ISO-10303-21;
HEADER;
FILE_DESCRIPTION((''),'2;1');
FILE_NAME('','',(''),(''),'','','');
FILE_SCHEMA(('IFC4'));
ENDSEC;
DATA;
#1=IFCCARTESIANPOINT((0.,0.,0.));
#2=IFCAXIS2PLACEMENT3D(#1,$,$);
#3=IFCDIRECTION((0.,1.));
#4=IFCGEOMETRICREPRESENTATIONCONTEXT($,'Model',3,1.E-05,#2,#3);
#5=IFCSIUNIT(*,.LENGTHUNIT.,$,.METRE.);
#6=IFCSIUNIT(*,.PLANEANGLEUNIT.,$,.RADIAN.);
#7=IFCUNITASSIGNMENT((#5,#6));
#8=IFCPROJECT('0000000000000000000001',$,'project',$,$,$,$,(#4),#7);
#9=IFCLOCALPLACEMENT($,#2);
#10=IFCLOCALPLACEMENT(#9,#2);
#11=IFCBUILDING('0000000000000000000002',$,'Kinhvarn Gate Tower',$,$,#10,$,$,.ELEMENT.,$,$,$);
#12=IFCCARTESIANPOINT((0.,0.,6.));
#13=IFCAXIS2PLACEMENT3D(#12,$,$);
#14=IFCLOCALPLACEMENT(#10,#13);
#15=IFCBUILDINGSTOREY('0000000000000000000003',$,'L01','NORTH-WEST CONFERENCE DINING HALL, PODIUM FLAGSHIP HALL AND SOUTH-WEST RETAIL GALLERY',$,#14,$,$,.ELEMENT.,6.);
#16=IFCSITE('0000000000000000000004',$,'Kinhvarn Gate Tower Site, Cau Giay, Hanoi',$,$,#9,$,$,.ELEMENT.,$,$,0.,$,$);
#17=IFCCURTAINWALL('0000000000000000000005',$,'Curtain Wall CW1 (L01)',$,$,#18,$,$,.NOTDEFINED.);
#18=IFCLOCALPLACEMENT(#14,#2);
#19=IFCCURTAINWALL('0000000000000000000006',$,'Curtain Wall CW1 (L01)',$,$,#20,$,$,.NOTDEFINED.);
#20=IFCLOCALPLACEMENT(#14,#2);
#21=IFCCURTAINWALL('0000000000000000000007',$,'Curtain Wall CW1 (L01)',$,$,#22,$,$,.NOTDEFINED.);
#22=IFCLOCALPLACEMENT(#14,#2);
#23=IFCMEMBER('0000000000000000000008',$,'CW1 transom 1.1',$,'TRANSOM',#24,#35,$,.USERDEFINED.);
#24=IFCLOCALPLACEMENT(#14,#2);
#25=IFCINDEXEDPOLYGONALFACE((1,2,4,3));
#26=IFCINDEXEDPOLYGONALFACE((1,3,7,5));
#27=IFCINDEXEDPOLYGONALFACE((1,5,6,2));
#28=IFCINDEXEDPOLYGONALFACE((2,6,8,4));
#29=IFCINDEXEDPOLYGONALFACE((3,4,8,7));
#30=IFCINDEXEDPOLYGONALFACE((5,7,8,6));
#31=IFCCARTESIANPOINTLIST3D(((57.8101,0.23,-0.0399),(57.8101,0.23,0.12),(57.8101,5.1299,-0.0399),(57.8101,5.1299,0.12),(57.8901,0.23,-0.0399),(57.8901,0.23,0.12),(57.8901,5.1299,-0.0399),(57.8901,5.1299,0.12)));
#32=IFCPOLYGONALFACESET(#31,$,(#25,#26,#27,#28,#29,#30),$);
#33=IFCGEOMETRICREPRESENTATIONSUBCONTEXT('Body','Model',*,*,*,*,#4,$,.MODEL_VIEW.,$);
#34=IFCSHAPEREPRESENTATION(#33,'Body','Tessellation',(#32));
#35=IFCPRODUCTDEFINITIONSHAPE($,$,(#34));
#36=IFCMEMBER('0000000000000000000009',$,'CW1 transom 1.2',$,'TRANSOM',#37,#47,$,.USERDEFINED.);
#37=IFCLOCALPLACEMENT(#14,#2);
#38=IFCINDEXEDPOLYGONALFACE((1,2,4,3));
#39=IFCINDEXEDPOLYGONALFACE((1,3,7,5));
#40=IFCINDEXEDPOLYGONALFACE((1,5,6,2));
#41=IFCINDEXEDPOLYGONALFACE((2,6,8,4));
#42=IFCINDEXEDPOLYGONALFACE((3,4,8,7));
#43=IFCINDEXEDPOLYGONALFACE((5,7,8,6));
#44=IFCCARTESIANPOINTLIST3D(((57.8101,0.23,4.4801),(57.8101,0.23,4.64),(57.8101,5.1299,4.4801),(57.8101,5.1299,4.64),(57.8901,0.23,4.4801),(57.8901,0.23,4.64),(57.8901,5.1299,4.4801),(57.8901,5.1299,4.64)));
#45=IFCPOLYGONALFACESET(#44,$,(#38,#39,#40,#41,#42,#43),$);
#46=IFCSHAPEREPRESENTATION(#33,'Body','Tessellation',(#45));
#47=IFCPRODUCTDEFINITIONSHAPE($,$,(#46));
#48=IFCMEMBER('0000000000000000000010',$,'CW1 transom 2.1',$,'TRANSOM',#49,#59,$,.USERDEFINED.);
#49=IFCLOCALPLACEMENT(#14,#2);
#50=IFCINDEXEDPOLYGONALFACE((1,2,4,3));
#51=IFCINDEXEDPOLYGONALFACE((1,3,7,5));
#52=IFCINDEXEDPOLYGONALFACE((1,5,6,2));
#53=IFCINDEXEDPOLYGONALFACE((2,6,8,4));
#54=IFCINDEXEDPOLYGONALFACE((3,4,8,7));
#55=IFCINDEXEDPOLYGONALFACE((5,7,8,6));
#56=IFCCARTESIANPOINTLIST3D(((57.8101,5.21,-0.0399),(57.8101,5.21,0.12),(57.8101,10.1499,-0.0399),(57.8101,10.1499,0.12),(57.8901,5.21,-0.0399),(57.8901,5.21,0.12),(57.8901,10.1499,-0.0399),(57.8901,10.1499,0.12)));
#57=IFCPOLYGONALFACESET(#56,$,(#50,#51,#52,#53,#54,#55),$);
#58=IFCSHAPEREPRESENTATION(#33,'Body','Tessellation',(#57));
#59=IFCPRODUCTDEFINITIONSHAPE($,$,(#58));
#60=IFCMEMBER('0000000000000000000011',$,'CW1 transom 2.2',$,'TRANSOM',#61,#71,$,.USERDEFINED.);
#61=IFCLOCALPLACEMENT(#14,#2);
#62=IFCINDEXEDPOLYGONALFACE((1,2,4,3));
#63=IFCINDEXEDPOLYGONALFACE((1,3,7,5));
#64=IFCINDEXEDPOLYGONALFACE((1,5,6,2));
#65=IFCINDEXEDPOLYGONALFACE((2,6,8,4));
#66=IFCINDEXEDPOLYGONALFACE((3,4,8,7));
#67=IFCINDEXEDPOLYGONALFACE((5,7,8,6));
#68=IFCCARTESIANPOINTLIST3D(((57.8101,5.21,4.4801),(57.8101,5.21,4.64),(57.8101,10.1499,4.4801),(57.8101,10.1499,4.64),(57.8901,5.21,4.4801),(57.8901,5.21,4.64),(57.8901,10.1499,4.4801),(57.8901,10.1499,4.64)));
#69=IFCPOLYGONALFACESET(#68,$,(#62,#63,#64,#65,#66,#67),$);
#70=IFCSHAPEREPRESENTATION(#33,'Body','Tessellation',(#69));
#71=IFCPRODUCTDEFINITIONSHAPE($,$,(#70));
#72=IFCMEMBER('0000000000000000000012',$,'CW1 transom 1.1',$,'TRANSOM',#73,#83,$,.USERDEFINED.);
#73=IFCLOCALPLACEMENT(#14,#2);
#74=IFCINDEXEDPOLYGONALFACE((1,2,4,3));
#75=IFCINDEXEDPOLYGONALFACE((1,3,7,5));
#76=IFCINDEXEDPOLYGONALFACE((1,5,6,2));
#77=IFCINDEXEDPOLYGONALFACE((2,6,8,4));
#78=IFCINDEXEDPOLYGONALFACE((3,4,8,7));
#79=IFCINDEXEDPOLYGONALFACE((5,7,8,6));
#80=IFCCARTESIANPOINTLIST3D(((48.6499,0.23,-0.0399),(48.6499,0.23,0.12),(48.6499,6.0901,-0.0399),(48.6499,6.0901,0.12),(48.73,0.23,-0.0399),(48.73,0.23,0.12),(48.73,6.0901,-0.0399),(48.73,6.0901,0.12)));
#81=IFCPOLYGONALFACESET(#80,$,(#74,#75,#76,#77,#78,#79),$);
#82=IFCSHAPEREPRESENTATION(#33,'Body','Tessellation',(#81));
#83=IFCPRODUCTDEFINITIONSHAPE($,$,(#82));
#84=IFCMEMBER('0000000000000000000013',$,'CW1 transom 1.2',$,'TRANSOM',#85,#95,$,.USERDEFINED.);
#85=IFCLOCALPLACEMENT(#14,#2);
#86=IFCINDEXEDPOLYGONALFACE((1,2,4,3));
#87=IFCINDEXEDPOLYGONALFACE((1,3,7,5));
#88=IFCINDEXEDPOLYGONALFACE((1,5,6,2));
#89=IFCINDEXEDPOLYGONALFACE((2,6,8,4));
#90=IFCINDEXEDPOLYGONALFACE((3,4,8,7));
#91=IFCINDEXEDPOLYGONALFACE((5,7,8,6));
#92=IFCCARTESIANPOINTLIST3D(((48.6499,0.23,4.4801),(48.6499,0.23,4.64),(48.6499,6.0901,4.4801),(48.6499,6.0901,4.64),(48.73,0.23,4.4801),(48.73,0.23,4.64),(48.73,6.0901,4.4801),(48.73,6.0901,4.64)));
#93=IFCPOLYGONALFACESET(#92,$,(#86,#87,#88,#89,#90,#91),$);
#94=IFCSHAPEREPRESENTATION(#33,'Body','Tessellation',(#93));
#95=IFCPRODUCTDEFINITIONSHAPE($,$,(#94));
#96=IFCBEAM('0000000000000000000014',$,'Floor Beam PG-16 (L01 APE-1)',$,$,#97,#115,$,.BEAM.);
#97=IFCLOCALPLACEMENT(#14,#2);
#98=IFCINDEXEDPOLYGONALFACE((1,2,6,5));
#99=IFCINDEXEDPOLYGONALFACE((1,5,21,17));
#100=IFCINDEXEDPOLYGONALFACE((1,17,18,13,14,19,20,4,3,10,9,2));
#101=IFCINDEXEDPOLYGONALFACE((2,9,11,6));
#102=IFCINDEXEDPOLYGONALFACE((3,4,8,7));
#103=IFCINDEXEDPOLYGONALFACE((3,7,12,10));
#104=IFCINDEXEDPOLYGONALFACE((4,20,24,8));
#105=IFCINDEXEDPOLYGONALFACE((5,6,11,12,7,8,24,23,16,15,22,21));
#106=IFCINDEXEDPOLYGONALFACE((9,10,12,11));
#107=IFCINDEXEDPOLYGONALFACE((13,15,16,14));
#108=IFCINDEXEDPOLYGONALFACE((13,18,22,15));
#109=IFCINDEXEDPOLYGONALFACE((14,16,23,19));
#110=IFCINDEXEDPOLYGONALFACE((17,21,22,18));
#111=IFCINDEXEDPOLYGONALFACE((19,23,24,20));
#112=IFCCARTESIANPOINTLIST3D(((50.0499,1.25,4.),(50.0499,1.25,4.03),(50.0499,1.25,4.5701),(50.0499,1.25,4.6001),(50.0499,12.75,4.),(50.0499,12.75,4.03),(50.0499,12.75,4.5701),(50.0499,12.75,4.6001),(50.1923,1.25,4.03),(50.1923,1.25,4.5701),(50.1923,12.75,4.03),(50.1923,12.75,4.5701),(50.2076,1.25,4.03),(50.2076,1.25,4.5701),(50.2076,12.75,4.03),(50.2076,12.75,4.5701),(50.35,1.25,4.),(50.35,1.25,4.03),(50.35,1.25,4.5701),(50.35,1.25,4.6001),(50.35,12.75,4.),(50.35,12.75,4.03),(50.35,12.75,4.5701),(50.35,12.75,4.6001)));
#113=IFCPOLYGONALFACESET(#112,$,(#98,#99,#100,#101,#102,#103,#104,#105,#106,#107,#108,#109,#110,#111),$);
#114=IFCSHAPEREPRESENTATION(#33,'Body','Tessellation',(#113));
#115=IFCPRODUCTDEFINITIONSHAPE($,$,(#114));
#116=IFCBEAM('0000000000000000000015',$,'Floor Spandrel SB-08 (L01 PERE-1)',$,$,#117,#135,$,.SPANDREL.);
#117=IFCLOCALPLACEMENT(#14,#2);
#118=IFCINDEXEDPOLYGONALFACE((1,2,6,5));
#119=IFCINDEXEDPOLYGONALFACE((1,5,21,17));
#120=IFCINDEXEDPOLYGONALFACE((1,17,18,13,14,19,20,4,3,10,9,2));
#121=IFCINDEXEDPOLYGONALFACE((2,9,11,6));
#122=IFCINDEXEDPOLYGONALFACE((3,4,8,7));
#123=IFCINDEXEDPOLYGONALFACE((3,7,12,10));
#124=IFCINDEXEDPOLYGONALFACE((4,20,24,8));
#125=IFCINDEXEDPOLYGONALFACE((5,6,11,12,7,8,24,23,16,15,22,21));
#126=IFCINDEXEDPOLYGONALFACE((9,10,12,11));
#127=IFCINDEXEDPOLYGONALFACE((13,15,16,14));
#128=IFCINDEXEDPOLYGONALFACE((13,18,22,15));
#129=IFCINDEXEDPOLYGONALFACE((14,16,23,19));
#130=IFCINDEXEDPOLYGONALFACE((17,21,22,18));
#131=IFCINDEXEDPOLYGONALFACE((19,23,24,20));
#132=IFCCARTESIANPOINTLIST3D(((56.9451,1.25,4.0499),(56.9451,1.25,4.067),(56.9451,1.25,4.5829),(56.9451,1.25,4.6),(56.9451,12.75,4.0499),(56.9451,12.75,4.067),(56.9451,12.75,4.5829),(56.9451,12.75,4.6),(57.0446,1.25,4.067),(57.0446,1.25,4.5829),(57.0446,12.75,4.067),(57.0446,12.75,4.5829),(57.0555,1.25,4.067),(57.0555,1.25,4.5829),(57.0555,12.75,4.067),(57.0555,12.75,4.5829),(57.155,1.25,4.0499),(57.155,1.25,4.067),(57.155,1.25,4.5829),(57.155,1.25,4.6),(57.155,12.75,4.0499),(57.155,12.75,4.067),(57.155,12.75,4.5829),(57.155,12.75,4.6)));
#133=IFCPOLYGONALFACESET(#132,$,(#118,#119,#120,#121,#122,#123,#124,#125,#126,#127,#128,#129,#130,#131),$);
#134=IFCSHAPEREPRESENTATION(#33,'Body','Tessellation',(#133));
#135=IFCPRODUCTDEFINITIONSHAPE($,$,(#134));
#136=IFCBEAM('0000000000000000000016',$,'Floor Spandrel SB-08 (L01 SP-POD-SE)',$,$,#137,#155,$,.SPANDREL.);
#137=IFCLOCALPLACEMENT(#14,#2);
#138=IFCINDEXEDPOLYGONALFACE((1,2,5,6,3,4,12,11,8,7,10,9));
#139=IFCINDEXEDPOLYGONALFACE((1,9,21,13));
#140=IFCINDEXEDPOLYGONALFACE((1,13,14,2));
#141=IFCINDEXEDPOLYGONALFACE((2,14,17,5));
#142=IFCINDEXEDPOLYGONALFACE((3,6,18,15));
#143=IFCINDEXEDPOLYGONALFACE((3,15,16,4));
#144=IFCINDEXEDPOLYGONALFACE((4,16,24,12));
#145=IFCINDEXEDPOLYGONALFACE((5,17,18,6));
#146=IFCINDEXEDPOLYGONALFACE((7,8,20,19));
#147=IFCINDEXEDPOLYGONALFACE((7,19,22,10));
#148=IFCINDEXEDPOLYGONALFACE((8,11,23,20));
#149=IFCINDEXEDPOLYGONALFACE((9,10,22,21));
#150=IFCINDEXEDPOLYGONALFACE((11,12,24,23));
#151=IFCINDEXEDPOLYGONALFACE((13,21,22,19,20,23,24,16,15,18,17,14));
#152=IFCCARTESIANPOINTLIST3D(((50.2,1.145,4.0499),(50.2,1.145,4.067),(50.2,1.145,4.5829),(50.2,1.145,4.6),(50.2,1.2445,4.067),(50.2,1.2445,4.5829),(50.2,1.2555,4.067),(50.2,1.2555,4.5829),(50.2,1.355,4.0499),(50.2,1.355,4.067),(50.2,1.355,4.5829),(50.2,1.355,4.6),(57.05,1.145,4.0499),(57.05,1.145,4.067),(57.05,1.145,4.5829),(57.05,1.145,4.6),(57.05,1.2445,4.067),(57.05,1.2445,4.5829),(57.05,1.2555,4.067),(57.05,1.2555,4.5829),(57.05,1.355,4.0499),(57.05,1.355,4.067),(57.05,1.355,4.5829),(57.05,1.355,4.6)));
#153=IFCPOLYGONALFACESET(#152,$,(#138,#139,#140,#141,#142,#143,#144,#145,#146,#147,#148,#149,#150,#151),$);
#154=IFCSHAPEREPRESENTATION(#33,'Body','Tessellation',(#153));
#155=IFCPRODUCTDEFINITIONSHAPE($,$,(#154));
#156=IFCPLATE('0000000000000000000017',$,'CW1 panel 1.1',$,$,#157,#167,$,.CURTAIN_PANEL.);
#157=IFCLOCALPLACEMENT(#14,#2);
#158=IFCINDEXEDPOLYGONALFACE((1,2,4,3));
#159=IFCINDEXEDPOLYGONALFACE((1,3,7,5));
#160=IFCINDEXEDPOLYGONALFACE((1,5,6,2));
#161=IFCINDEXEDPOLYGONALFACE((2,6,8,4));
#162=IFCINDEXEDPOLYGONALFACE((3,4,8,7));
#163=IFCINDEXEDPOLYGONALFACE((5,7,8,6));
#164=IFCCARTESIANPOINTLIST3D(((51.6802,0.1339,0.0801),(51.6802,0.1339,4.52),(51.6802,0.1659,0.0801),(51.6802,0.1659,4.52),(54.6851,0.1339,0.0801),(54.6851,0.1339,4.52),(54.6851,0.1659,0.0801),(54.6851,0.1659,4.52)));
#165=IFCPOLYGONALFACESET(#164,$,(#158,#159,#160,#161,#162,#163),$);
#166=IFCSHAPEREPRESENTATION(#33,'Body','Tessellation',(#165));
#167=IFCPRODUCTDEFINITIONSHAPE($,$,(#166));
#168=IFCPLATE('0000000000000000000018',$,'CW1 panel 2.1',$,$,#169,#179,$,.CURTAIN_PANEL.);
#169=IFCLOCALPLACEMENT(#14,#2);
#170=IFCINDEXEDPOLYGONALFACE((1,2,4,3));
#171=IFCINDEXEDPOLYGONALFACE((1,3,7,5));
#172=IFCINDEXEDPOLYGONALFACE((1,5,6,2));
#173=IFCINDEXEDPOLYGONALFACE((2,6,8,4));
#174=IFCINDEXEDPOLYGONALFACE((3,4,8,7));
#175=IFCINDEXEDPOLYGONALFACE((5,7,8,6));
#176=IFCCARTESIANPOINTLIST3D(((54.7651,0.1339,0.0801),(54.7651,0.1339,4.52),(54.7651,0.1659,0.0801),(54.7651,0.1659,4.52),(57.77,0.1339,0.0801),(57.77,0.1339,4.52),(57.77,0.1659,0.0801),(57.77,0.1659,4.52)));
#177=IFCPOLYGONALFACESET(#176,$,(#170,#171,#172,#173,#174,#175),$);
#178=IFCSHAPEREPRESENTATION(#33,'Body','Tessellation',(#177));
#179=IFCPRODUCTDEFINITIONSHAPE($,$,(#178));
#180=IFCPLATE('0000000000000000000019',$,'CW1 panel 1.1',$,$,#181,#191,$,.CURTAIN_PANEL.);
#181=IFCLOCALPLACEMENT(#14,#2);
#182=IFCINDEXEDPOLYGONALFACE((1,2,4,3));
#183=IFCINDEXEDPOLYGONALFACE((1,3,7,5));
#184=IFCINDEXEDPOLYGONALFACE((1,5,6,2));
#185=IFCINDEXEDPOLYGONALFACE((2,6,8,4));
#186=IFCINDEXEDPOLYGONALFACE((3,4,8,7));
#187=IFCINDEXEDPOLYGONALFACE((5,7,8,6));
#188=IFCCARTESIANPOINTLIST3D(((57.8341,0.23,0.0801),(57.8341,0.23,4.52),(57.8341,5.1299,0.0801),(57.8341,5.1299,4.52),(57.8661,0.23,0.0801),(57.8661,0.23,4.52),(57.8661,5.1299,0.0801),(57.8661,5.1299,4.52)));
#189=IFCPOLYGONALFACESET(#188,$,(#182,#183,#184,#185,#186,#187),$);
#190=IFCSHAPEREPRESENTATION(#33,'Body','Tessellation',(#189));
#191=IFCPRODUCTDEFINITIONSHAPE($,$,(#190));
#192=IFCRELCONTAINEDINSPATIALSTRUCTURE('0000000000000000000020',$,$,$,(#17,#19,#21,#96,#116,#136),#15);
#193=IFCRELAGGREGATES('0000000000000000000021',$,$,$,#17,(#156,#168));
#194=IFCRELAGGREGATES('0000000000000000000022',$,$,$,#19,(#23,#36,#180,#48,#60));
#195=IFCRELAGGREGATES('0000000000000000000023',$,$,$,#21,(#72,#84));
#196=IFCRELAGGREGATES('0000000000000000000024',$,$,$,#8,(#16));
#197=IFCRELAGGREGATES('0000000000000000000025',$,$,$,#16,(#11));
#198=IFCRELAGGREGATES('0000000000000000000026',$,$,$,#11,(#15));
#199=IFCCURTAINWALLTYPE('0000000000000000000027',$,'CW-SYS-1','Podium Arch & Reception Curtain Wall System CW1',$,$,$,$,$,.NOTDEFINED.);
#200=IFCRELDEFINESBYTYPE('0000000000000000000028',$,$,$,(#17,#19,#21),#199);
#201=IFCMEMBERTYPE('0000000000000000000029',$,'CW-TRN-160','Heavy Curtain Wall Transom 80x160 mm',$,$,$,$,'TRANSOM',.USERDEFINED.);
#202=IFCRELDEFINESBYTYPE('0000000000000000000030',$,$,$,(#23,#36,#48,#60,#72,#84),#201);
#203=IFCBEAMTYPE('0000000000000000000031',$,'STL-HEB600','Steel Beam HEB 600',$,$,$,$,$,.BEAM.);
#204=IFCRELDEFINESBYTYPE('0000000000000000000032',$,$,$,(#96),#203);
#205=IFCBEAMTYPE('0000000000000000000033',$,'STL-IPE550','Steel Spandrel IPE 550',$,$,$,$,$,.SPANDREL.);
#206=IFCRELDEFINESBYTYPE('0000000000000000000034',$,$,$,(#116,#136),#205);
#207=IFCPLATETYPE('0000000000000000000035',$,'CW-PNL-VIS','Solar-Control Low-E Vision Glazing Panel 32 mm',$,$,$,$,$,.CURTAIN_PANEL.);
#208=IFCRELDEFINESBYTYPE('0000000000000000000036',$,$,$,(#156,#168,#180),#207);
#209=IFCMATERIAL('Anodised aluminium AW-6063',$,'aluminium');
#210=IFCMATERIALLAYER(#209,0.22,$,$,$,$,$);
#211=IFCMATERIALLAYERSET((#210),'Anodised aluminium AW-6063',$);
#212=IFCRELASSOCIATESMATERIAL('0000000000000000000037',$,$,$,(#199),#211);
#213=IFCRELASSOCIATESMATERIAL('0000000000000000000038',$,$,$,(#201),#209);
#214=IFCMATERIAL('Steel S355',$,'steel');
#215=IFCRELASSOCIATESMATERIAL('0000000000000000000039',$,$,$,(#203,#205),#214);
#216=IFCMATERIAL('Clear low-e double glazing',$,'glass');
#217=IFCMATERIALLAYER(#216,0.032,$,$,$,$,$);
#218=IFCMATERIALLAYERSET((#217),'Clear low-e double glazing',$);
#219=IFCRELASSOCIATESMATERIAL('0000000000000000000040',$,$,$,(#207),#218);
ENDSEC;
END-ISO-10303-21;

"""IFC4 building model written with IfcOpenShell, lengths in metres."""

from ifc_helpers import new_model, si_unit, direction, frame, origin, origin_2d, place, context, subcontext, project, spatial, rectangle, i_section, extrude, material, layer, layer_set, material_profile, profile_set, type_object, element, aggregate, save


model = new_model("IFC4")

# Units and contexts
model_context = context("Model", 3, precision=1e-05, world=origin(), true_north=direction((0.0, 1.0)))
body_context = subcontext(model_context, "Body", "Model", "MODEL_VIEW")
ifc_project = project(units=[si_unit("LENGTHUNIT", "METRE"), si_unit("PLANEANGLEUNIT", "RADIAN")], contexts=[model_context])

# Site, building, storey
site_placement = place(None, origin())
site = spatial("IfcSite", under=ifc_project, at=site_placement, Name="Kinhvarn Gate Tower Site, Cau Giay, Hanoi", CompositionType="ELEMENT", RefElevation=0.0)
building_placement = place(site_placement, origin())
building = spatial("IfcBuilding", under=site, at=building_placement, Name="Kinhvarn Gate Tower", CompositionType="ELEMENT")
storey_placement = place(building_placement, frame((0.0, 0.0, 6.0)))
storey = spatial("IfcBuildingStorey", under=building, at=storey_placement, Name="L01", Description="NORTH-WEST CONFERENCE DINING HALL, PODIUM FLAGSHIP HALL AND SOUTH-WEST RETAIL GALLERY", CompositionType="ELEMENT", Elevation=6.0)

# Curtain walls
ifc_material_1 = material(Name="Anodised aluminium AW-6063", Category="aluminium")
ifc_layer_1 = layer(ifc_material_1, 0.22)
ifc_layer_set_1 = layer_set([ifc_layer_1], Name="Anodised aluminium AW-6063")
curtain_wall_type = type_object("IfcCurtainWallType", Name="CW-SYS-1", Description="Podium Arch & Reception Curtain Wall System CW1", PredefinedType="NOTDEFINED", material=ifc_layer_set_1)
curtain_wall_1_placement = place(storey_placement, origin())
curtain_wall_1 = element("IfcCurtainWall", 1, at=curtain_wall_1_placement, inside=storey, type_object=curtain_wall_type, Name="Curtain Wall CW1 (L01)", PredefinedType="NOTDEFINED")
curtain_wall_2_placement = place(storey_placement, origin())
curtain_wall_2 = element("IfcCurtainWall", 2, at=curtain_wall_2_placement, inside=storey, type_object=curtain_wall_type, Name="Curtain Wall CW1 (L01)", PredefinedType="NOTDEFINED")

# Curtain wall
curtain_wall_3_placement = place(storey_placement, origin())
curtain_wall_3 = element("IfcCurtainWall", 3, at=curtain_wall_3_placement, inside=storey, type_object=curtain_wall_type, Name="Curtain Wall CW1 (L01)", PredefinedType="NOTDEFINED")

# Members
ifc_material_profile_1 = material_profile(ifc_material_1, rectangle(XDim=0.0801, YDim=0.1599, at=origin_2d()), Name="ALU 80x160")
ifc_profile_set_1 = profile_set([ifc_material_profile_1], Name="Anodised aluminium AW-6063")
member_type_1 = type_object("IfcMemberType", Name="CW-TRN-160", Description="Heavy Curtain Wall Transom 80x160 mm", ElementType="TRANSOM", PredefinedType="USERDEFINED", material=ifc_profile_set_1)
member_1_placement = place(storey_placement, frame((57.8501, 0.23, 0.04), z_axis=(0.0, 1.0, 0.0), x_axis=(-1.0, 0.0, 0.0)))
member_1 = element("IfcMember", 4, at=member_1_placement, type_object=member_type_1, Name="CW1 transom 1.1", ObjectType="TRANSOM", PredefinedType="USERDEFINED", context=body_context, shape_type="SweptSolid", body=[
    extrude(rectangle(XDim=0.0801, YDim=0.1599, at=origin_2d()), origin(), (0.0, 0.0, 1.0), 4.8999),
])
member_2_placement = place(storey_placement, frame((57.8501, 0.23, 4.5601), z_axis=(0.0, 1.0, 0.0), x_axis=(-1.0, 0.0, 0.0)))
member_2 = element("IfcMember", 5, at=member_2_placement, type_object=member_type_1, Name="CW1 transom 1.2", ObjectType="TRANSOM", PredefinedType="USERDEFINED", context=body_context, shape_type="SweptSolid", body=[
    extrude(rectangle(XDim=0.0801, YDim=0.1599, at=origin_2d()), origin(), (0.0, 0.0, 1.0), 4.8999),
])
member_3_placement = place(storey_placement, frame((57.8501, 5.21, 0.04), z_axis=(0.0, 1.0, 0.0), x_axis=(-1.0, 0.0, 0.0)))
member_3 = element("IfcMember", 6, at=member_3_placement, type_object=member_type_1, Name="CW1 transom 2.1", ObjectType="TRANSOM", PredefinedType="USERDEFINED", context=body_context, shape_type="SweptSolid", body=[
    extrude(rectangle(XDim=0.0801, YDim=0.1599, at=origin_2d()), origin(), (0.0, 0.0, 1.0), 4.9399),
])
member_4_placement = place(storey_placement, frame((57.8501, 5.21, 4.5601), z_axis=(0.0, 1.0, 0.0), x_axis=(-1.0, 0.0, 0.0)))
member_4 = element("IfcMember", 7, at=member_4_placement, type_object=member_type_1, Name="CW1 transom 2.2", ObjectType="TRANSOM", PredefinedType="USERDEFINED", context=body_context, shape_type="SweptSolid", body=[
    extrude(rectangle(XDim=0.0801, YDim=0.1599, at=origin_2d()), origin(), (0.0, 0.0, 1.0), 4.9399),
])
member_5_placement = place(storey_placement, frame((48.6899, 6.0901, 0.04), z_axis=(0.0, -1.0, 0.0), x_axis=(1.0, 0.0, 0.0)))
member_5 = element("IfcMember", 8, at=member_5_placement, type_object=member_type_1, Name="CW1 transom 1.1", ObjectType="TRANSOM", PredefinedType="USERDEFINED", context=body_context, shape_type="SweptSolid", body=[
    extrude(rectangle(XDim=0.0801, YDim=0.1599, at=origin_2d()), origin(), (0.0, 0.0, 1.0), 5.8601),
])
member_6_placement = place(storey_placement, frame((48.6899, 6.0901, 4.5601), z_axis=(0.0, -1.0, 0.0), x_axis=(1.0, 0.0, 0.0)))
member_6 = element("IfcMember", 9, at=member_6_placement, type_object=member_type_1, Name="CW1 transom 1.2", ObjectType="TRANSOM", PredefinedType="USERDEFINED", context=body_context, shape_type="SweptSolid", body=[
    extrude(rectangle(XDim=0.0801, YDim=0.1599, at=origin_2d()), origin(), (0.0, 0.0, 1.0), 5.8601),
])

# Beams
ifc_material_2 = material(Name="Steel S355", Category="steel")
ifc_material_profile_2 = material_profile(ifc_material_2, i_section(OverallWidth=0.3, OverallDepth=0.6001, WebThickness=0.0154, FlangeThickness=0.03, at=origin_2d()), Name="HEB 600")
ifc_profile_set_2 = profile_set([ifc_material_profile_2], Name="Steel S355")
beam_type_1 = type_object("IfcBeamType", Name="STL-HEB600", Description="Steel Beam HEB 600", PredefinedType="BEAM", material=ifc_profile_set_2)
beam_1_placement = place(storey_placement, frame((50.2, 1.25, 4.3), z_axis=(0.0, 1.0, 0.0), x_axis=(-1.0, 0.0, 0.0)))
element("IfcBeam", 10, at=beam_1_placement, inside=storey, type_object=beam_type_1, Name="Floor Beam PG-16 (L01 APE-1)", PredefinedType="BEAM", context=body_context, shape_type="SweptSolid", body=[
    extrude(i_section(OverallWidth=0.3, OverallDepth=0.6001, WebThickness=0.0154, FlangeThickness=0.03, at=origin_2d()), origin(), (0.0, 0.0, 1.0), 11.5),
])
ifc_material_profile_3 = material_profile(ifc_material_2, i_section(OverallWidth=0.21, OverallDepth=0.55, WebThickness=0.011, FlangeThickness=0.0171, at=origin_2d()), Name="IPE 550")
ifc_profile_set_3 = profile_set([ifc_material_profile_3], Name="Steel S355")
beam_type_2 = type_object("IfcBeamType", Name="STL-IPE550", Description="Steel Spandrel IPE 550", PredefinedType="SPANDREL", material=ifc_profile_set_3)
beam_2_placement = place(storey_placement, frame((57.05, 1.25, 4.325), z_axis=(0.0, 1.0, 0.0), x_axis=(-1.0, 0.0, 0.0)))
element("IfcBeam", 11, at=beam_2_placement, inside=storey, type_object=beam_type_2, Name="Floor Spandrel SB-08 (L01 PERE-1)", PredefinedType="SPANDREL", context=body_context, shape_type="SweptSolid", body=[
    extrude(i_section(OverallWidth=0.21, OverallDepth=0.55, WebThickness=0.011, FlangeThickness=0.0171, at=origin_2d()), origin(), (0.0, 0.0, 1.0), 11.5),
])
beam_3_placement = place(storey_placement, frame((50.2, 1.25, 4.325), z_axis=(1.0, 0.0, 0.0), x_axis=(0.0, 1.0, 0.0)))
element("IfcBeam", 12, at=beam_3_placement, inside=storey, type_object=beam_type_2, Name="Floor Spandrel SB-08 (L01 SP-POD-SE)", PredefinedType="SPANDREL", context=body_context, shape_type="SweptSolid", body=[
    extrude(i_section(OverallWidth=0.21, OverallDepth=0.55, WebThickness=0.011, FlangeThickness=0.0171, at=origin_2d()), origin(), (0.0, 0.0, 1.0), 6.8501),
])

# Plates
ifc_material_3 = material(Name="Clear low-e double glazing", Category="glass")
ifc_layer_2 = layer(ifc_material_3, 0.032)
ifc_layer_set_2 = layer_set([ifc_layer_2], Name="Clear low-e double glazing")
plate_type = type_object("IfcPlateType", Name="CW-PNL-VIS", Description="Solar-Control Low-E Vision Glazing Panel 32 mm", PredefinedType="CURTAIN_PANEL", material=ifc_layer_set_2)
plate_1_placement = place(storey_placement, frame((53.1826, 0.1499, 0.0801), z_axis=(0.0, 0.0, 1.0), x_axis=(1.0, 0.0, 0.0)))
plate_1 = element("IfcPlate", 13, at=plate_1_placement, type_object=plate_type, Name="CW1 panel 1.1", PredefinedType="CURTAIN_PANEL", context=body_context, shape_type="SweptSolid", body=[
    extrude(rectangle(XDim=3.0049, YDim=0.032, at=origin_2d()), origin(), (0.0, 0.0, 1.0), 4.4399),
])
plate_2_placement = place(storey_placement, frame((56.2676, 0.1499, 0.0801), z_axis=(0.0, 0.0, 1.0), x_axis=(1.0, 0.0, 0.0)))
plate_2 = element("IfcPlate", 14, at=plate_2_placement, type_object=plate_type, Name="CW1 panel 2.1", PredefinedType="CURTAIN_PANEL", context=body_context, shape_type="SweptSolid", body=[
    extrude(rectangle(XDim=3.0049, YDim=0.032, at=origin_2d()), origin(), (0.0, 0.0, 1.0), 4.4399),
])
aggregate(curtain_wall_1, [plate_1, plate_2])
plate_3_placement = place(storey_placement, frame((57.8501, 2.6799, 0.0801), z_axis=(0.0, 0.0, 1.0), x_axis=(0.0, 1.0, 0.0)))
plate_3 = element("IfcPlate", 15, at=plate_3_placement, type_object=plate_type, Name="CW1 panel 1.1", PredefinedType="CURTAIN_PANEL", context=body_context, shape_type="SweptSolid", body=[
    extrude(rectangle(XDim=4.8999, YDim=0.032, at=origin_2d()), origin(), (0.0, 0.0, 1.0), 4.4399),
])
aggregate(curtain_wall_2, [member_1, member_2, plate_3, member_3, member_4])
aggregate(curtain_wall_3, [member_5, member_6])

save(model, "model.ifc")
